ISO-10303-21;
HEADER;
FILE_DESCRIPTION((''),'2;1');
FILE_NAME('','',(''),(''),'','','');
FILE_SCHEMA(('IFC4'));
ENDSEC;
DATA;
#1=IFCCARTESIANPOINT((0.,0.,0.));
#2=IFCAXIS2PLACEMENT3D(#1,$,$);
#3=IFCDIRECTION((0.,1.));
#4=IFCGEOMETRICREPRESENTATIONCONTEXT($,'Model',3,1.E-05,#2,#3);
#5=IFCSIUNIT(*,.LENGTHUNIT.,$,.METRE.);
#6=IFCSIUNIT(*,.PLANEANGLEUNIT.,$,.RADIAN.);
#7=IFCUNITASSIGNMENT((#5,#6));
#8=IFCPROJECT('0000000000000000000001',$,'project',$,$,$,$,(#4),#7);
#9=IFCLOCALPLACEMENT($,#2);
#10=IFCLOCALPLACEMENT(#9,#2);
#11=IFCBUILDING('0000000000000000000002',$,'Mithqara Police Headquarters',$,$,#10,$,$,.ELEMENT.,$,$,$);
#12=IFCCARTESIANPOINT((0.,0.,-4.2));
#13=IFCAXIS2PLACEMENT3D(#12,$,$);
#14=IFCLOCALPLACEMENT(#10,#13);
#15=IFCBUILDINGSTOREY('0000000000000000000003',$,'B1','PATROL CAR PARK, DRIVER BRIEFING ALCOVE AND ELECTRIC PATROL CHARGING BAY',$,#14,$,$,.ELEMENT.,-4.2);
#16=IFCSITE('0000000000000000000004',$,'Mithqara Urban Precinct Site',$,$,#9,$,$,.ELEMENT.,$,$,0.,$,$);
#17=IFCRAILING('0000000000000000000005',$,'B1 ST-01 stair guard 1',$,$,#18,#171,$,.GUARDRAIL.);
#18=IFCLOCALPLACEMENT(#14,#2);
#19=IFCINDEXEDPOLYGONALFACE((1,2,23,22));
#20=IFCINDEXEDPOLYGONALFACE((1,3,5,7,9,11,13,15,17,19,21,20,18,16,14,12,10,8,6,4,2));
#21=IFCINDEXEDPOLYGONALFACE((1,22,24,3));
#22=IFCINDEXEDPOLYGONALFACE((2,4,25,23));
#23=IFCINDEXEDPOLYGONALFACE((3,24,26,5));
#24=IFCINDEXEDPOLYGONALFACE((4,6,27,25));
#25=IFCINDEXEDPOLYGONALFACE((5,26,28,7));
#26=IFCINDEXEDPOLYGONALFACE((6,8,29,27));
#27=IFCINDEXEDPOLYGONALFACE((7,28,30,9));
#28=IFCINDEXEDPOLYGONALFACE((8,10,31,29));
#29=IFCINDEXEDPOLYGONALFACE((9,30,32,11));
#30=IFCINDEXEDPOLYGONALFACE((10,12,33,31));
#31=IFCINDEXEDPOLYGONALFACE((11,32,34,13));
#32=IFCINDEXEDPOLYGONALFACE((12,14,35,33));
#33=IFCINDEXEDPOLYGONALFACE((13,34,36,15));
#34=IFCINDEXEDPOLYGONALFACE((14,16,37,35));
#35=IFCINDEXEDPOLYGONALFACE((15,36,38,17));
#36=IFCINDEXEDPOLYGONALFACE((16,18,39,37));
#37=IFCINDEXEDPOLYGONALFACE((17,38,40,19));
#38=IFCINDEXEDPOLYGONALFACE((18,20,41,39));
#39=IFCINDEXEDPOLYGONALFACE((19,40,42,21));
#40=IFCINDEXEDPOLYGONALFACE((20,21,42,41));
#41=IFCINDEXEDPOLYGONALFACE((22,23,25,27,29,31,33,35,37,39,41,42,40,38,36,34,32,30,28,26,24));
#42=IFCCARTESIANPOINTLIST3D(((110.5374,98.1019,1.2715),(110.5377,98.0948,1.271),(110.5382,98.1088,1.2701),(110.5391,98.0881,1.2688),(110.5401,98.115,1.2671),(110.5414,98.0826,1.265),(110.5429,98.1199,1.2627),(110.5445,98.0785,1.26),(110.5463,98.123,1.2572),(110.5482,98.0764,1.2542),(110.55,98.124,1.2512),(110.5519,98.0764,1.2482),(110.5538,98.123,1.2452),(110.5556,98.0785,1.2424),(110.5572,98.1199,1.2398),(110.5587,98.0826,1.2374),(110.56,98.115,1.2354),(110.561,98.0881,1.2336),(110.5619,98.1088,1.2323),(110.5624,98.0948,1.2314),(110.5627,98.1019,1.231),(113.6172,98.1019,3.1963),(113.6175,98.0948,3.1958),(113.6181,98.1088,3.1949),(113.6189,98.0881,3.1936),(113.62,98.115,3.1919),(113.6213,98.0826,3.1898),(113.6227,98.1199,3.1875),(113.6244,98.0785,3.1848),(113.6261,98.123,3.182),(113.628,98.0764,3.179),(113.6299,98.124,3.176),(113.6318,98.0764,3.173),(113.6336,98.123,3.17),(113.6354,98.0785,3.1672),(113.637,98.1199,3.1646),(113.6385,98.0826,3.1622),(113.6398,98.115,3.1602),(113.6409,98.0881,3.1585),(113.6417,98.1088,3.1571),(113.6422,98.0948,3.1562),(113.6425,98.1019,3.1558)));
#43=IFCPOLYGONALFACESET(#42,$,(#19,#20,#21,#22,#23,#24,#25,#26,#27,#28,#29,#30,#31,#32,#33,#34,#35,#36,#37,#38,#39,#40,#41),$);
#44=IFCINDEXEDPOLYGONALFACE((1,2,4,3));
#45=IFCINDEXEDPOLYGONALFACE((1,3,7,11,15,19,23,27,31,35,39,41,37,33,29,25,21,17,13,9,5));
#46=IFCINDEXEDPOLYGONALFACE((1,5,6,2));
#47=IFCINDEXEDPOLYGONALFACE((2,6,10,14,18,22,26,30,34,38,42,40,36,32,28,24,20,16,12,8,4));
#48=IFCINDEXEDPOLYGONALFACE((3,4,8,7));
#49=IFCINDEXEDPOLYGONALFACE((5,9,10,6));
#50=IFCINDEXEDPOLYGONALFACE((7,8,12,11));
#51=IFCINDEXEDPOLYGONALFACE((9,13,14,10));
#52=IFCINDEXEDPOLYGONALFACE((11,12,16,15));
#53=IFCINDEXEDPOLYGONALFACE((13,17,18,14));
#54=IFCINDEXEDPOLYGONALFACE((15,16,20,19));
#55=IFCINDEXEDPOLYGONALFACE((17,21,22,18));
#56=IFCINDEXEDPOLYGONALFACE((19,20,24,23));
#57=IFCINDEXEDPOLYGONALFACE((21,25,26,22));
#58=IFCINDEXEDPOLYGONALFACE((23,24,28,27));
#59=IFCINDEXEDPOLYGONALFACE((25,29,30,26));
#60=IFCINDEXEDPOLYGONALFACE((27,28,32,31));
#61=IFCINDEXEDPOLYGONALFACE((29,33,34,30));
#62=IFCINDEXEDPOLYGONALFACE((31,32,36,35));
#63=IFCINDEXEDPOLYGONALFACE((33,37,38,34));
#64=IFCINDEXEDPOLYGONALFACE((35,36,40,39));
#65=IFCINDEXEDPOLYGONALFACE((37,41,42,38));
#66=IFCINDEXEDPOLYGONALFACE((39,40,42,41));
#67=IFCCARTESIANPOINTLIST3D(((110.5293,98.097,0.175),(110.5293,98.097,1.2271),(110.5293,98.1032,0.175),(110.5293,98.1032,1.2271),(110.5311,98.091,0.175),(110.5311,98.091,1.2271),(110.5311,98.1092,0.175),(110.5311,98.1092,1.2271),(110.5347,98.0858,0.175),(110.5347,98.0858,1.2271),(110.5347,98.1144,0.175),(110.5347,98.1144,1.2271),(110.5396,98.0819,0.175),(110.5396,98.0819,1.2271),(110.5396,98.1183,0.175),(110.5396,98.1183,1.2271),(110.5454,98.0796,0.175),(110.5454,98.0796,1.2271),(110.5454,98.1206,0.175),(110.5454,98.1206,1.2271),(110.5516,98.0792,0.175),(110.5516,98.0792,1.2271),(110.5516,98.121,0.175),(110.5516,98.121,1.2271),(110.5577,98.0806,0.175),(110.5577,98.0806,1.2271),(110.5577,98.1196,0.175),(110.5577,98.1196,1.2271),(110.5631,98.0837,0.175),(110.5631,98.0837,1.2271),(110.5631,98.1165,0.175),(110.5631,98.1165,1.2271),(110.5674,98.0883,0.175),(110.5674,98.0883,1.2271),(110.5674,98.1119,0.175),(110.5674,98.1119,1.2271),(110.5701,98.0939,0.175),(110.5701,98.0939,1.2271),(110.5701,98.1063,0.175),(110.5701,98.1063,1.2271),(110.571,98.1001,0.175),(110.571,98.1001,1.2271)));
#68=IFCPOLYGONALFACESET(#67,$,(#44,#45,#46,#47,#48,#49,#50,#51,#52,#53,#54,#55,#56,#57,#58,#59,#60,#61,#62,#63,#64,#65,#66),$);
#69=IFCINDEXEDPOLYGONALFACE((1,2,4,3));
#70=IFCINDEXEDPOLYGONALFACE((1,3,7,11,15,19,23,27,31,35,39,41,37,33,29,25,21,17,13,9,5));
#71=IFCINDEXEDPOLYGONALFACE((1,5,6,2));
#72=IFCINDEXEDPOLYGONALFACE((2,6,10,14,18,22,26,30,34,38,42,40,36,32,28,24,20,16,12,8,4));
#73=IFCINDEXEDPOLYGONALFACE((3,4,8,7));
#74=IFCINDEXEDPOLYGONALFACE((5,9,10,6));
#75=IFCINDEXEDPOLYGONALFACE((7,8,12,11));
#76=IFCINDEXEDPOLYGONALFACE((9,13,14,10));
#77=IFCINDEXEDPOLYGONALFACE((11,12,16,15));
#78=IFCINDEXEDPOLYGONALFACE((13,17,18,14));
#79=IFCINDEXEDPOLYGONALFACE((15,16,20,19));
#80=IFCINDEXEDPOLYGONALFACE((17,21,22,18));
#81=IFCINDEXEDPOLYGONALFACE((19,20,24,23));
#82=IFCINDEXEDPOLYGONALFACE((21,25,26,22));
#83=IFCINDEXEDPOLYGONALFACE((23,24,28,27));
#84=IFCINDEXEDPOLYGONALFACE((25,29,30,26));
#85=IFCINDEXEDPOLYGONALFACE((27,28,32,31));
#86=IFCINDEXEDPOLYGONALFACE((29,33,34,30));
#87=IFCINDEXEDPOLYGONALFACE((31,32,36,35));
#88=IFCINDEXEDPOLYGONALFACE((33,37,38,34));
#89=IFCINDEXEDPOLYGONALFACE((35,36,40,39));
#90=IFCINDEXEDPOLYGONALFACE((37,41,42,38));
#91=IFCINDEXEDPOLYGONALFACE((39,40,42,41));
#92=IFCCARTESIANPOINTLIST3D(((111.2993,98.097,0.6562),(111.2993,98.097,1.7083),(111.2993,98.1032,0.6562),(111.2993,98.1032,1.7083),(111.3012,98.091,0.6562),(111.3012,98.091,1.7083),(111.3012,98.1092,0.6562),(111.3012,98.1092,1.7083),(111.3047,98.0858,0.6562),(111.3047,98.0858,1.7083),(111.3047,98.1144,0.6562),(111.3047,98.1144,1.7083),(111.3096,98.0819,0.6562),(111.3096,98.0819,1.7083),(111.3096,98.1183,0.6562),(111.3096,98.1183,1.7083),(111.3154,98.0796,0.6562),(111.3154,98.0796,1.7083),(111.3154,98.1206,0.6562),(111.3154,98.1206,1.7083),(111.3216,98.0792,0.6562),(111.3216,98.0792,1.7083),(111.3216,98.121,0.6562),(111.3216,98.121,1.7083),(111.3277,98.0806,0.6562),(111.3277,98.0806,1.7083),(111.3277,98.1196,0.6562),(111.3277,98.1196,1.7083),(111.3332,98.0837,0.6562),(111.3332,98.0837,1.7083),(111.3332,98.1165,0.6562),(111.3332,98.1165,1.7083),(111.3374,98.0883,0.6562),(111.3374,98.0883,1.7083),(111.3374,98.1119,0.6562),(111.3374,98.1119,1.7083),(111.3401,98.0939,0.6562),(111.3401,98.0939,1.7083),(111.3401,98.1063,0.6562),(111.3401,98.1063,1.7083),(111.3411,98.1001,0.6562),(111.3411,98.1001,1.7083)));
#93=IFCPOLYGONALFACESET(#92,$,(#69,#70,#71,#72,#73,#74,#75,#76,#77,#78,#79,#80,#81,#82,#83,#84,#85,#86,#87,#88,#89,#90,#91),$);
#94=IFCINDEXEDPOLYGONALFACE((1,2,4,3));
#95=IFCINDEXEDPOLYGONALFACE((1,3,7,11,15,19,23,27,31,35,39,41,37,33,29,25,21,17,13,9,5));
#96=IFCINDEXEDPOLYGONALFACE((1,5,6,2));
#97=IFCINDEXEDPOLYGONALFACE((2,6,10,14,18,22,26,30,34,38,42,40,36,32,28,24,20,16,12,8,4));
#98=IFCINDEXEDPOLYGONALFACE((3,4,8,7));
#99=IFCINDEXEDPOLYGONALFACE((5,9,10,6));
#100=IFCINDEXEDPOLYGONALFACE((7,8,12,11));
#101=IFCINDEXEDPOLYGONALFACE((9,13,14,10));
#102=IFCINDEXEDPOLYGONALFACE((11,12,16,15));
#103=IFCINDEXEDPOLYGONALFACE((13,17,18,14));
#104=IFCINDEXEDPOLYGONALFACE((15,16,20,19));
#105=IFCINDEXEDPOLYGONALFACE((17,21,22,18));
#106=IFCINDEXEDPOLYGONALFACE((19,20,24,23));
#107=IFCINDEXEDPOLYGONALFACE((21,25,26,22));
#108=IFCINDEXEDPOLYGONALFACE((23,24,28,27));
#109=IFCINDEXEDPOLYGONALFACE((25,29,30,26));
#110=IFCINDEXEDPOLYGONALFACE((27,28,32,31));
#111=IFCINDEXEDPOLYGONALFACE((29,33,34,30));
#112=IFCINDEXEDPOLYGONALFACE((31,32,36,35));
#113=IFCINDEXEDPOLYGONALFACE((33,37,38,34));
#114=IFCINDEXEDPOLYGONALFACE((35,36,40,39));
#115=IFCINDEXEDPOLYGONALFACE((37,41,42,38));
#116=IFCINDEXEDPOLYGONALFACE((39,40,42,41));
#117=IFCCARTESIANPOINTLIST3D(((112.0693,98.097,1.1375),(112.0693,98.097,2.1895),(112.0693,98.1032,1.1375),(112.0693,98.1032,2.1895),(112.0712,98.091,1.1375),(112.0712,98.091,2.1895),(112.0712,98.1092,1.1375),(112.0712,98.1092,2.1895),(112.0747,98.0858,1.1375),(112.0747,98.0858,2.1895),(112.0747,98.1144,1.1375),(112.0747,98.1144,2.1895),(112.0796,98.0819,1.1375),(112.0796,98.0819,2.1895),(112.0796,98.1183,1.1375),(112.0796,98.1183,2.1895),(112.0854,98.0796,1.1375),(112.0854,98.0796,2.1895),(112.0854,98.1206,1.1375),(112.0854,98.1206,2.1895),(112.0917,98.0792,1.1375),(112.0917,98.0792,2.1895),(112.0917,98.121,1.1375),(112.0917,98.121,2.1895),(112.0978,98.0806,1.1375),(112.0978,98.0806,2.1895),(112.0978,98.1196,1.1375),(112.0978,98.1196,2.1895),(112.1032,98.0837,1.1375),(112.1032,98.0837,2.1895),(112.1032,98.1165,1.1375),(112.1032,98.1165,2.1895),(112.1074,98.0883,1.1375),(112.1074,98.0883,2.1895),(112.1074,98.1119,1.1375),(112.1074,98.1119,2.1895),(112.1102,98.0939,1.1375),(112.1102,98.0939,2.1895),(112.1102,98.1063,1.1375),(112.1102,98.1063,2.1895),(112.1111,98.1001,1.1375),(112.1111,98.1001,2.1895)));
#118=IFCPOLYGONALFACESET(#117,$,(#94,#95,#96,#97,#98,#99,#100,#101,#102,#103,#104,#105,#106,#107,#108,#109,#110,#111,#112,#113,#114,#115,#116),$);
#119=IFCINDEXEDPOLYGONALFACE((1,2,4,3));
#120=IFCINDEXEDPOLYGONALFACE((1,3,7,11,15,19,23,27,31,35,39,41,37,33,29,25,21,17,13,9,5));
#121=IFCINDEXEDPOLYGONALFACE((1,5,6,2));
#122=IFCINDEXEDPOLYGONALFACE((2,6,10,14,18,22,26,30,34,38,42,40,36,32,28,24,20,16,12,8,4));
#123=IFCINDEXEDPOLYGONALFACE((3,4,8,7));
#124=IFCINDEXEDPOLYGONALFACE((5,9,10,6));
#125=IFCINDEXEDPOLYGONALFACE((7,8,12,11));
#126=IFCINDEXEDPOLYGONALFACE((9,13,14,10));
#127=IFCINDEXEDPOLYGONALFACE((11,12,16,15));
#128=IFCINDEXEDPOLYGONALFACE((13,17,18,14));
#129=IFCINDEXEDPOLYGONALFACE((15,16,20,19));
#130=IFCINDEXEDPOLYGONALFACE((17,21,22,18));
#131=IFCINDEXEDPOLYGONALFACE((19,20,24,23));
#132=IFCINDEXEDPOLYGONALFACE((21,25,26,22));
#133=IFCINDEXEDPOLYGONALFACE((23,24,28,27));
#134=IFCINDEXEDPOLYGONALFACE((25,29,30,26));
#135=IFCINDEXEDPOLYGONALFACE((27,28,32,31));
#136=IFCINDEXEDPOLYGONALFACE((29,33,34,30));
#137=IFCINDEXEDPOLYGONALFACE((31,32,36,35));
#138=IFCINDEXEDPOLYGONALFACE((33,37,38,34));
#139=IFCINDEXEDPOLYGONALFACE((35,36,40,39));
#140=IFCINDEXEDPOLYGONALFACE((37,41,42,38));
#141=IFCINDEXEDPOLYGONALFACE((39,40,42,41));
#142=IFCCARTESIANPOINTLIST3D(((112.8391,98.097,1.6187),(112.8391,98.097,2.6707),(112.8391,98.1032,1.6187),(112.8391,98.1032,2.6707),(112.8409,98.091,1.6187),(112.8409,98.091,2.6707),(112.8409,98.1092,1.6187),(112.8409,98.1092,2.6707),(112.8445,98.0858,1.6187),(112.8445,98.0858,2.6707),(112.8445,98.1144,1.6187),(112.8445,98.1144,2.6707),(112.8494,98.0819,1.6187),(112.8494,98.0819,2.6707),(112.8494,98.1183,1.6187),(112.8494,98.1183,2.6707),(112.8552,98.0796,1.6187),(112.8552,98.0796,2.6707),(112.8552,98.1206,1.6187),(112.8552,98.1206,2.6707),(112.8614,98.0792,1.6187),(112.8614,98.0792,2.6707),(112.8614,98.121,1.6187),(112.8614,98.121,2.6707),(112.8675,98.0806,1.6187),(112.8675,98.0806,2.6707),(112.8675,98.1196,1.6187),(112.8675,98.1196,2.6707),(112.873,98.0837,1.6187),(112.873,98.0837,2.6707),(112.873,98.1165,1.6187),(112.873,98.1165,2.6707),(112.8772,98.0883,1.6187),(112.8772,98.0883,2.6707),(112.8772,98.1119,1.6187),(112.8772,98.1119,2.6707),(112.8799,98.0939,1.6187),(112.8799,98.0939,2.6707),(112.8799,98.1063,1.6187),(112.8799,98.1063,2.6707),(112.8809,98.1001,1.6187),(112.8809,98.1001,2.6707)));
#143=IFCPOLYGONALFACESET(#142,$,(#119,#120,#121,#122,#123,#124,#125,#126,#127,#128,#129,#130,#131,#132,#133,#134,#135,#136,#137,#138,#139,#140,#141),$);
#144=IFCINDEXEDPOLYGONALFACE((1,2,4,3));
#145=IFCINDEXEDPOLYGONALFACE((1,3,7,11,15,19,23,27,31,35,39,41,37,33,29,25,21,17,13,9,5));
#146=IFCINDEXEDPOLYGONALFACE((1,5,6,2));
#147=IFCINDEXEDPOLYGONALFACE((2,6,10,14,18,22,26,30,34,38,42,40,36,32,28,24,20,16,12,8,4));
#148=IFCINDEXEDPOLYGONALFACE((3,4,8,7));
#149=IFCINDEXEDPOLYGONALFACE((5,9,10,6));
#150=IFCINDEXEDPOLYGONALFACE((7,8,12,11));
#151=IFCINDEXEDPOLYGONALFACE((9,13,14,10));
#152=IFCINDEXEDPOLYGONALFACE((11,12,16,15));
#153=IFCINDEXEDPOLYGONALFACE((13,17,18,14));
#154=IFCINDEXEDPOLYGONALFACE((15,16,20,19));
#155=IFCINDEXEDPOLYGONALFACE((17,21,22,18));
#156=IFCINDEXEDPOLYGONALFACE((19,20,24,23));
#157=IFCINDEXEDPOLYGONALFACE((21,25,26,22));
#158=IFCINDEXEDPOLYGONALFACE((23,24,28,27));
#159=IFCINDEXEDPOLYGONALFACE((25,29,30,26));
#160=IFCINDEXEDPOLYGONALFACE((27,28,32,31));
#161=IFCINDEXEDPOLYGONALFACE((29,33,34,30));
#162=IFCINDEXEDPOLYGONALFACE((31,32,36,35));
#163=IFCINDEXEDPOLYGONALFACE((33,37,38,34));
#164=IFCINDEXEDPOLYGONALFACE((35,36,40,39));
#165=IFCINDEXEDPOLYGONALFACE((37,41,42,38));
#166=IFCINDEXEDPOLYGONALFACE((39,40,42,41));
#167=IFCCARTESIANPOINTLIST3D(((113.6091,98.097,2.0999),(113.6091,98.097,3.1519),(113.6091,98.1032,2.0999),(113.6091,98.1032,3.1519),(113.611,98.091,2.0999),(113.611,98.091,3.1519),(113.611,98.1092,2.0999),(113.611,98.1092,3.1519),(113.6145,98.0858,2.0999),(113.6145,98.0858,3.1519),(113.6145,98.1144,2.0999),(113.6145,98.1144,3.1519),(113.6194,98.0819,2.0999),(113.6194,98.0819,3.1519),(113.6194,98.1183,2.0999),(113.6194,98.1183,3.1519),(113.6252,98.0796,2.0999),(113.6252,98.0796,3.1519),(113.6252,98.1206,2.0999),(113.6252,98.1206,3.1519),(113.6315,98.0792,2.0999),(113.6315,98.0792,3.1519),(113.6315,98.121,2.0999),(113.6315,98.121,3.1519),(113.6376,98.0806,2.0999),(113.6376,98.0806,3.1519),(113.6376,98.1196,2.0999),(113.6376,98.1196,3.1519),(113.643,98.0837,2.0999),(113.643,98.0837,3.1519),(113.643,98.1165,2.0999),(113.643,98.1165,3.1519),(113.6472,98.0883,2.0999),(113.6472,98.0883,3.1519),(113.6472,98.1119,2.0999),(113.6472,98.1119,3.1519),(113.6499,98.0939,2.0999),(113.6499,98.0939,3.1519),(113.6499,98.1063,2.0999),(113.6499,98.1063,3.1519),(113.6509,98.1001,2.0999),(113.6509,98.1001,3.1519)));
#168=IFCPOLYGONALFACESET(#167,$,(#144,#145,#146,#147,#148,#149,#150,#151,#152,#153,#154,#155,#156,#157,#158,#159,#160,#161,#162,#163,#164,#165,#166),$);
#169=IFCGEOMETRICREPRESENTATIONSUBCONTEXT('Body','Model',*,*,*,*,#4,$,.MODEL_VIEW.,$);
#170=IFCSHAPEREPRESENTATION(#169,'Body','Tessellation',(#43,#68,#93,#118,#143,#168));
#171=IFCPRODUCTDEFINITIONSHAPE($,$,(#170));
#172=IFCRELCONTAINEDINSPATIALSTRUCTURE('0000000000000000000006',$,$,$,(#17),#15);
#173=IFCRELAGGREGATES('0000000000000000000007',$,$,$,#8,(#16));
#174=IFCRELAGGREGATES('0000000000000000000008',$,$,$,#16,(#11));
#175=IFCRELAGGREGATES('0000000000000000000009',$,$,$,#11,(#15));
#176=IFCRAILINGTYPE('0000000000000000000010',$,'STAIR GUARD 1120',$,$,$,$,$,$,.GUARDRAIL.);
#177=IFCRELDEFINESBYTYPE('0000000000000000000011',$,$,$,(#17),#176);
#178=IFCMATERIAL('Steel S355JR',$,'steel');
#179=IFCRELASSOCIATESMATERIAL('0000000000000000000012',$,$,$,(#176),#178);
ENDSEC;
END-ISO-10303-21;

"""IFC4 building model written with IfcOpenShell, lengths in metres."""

from ifc_helpers import new_model, si_unit, direction, frame, origin, origin_2d, place, context, subcontext, project, spatial, circle, extrude, material, type_object, element, save


model = new_model("IFC4")

# Units and contexts
model_context = context("Model", 3, precision=1e-05, world=origin(), true_north=direction((0.0, 1.0)))
body_context = subcontext(model_context, "Body", "Model", "MODEL_VIEW")
ifc_project = project(units=[si_unit("LENGTHUNIT", "METRE"), si_unit("PLANEANGLEUNIT", "RADIAN")], contexts=[model_context])

# Site, building, storey
site_placement = place(None, origin())
site = spatial("IfcSite", under=ifc_project, at=site_placement, Name="Mithqara Urban Precinct Site", CompositionType="ELEMENT", RefElevation=0.0)
building_placement = place(site_placement, origin())
building = spatial("IfcBuilding", under=site, at=building_placement, Name="Mithqara Police Headquarters", CompositionType="ELEMENT")
storey_placement = place(building_placement, frame((0.0, 0.0, -4.2)))
storey = spatial("IfcBuildingStorey", under=building, at=storey_placement, Name="B1", Description="PATROL CAR PARK, DRIVER BRIEFING ALCOVE AND ELECTRIC PATROL CHARGING BAY", CompositionType="ELEMENT", Elevation=-4.2)

# Shared definitions
ifc_material_1 = material(Name="Steel S355JR", Category="steel")

# Railing
railing_type_1 = type_object("IfcRailingType", Name="STAIR GUARD 1120", PredefinedType="GUARDRAIL", material=ifc_material_1)
railing_1_placement = place(storey_placement, frame((110.55, 98.1001, 0.175)))
element("IfcRailing", 1, at=railing_1_placement, inside=storey, type_object=railing_type_1, Name="B1 ST-01 stair guard 1", PredefinedType="GUARDRAIL", context=body_context, shape_type="SweptSolid", body=[
    extrude(circle(Radius=0.0239, at=origin_2d()), frame((0.0, 0.0, 1.0762), z_axis=(0.84801, 0.0, 0.529981), x_axis=(0.0, 1.0, 0.0)), (0.0, 0.0, 1.0), 3.6318),
    extrude(circle(Radius=0.021, at=origin_2d()), origin(), (0.0, 0.0, 1.0), 1.052),
    extrude(circle(Radius=0.021, at=origin_2d()), frame((0.77, 0.0, 0.4812)), (0.0, 0.0, 1.0), 1.052),
    extrude(circle(Radius=0.021, at=origin_2d()), frame((1.54, 0.0, 0.9624)), (0.0, 0.0, 1.0), 1.052),
    extrude(circle(Radius=0.021, at=origin_2d()), frame((2.3098, 0.0, 1.4436)), (0.0, 0.0, 1.0), 1.052),
    extrude(circle(Radius=0.021, at=origin_2d()), frame((3.0798, 0.0, 1.9248)), (0.0, 0.0, 1.0), 1.052),
])

save(model, "model.ifc")
